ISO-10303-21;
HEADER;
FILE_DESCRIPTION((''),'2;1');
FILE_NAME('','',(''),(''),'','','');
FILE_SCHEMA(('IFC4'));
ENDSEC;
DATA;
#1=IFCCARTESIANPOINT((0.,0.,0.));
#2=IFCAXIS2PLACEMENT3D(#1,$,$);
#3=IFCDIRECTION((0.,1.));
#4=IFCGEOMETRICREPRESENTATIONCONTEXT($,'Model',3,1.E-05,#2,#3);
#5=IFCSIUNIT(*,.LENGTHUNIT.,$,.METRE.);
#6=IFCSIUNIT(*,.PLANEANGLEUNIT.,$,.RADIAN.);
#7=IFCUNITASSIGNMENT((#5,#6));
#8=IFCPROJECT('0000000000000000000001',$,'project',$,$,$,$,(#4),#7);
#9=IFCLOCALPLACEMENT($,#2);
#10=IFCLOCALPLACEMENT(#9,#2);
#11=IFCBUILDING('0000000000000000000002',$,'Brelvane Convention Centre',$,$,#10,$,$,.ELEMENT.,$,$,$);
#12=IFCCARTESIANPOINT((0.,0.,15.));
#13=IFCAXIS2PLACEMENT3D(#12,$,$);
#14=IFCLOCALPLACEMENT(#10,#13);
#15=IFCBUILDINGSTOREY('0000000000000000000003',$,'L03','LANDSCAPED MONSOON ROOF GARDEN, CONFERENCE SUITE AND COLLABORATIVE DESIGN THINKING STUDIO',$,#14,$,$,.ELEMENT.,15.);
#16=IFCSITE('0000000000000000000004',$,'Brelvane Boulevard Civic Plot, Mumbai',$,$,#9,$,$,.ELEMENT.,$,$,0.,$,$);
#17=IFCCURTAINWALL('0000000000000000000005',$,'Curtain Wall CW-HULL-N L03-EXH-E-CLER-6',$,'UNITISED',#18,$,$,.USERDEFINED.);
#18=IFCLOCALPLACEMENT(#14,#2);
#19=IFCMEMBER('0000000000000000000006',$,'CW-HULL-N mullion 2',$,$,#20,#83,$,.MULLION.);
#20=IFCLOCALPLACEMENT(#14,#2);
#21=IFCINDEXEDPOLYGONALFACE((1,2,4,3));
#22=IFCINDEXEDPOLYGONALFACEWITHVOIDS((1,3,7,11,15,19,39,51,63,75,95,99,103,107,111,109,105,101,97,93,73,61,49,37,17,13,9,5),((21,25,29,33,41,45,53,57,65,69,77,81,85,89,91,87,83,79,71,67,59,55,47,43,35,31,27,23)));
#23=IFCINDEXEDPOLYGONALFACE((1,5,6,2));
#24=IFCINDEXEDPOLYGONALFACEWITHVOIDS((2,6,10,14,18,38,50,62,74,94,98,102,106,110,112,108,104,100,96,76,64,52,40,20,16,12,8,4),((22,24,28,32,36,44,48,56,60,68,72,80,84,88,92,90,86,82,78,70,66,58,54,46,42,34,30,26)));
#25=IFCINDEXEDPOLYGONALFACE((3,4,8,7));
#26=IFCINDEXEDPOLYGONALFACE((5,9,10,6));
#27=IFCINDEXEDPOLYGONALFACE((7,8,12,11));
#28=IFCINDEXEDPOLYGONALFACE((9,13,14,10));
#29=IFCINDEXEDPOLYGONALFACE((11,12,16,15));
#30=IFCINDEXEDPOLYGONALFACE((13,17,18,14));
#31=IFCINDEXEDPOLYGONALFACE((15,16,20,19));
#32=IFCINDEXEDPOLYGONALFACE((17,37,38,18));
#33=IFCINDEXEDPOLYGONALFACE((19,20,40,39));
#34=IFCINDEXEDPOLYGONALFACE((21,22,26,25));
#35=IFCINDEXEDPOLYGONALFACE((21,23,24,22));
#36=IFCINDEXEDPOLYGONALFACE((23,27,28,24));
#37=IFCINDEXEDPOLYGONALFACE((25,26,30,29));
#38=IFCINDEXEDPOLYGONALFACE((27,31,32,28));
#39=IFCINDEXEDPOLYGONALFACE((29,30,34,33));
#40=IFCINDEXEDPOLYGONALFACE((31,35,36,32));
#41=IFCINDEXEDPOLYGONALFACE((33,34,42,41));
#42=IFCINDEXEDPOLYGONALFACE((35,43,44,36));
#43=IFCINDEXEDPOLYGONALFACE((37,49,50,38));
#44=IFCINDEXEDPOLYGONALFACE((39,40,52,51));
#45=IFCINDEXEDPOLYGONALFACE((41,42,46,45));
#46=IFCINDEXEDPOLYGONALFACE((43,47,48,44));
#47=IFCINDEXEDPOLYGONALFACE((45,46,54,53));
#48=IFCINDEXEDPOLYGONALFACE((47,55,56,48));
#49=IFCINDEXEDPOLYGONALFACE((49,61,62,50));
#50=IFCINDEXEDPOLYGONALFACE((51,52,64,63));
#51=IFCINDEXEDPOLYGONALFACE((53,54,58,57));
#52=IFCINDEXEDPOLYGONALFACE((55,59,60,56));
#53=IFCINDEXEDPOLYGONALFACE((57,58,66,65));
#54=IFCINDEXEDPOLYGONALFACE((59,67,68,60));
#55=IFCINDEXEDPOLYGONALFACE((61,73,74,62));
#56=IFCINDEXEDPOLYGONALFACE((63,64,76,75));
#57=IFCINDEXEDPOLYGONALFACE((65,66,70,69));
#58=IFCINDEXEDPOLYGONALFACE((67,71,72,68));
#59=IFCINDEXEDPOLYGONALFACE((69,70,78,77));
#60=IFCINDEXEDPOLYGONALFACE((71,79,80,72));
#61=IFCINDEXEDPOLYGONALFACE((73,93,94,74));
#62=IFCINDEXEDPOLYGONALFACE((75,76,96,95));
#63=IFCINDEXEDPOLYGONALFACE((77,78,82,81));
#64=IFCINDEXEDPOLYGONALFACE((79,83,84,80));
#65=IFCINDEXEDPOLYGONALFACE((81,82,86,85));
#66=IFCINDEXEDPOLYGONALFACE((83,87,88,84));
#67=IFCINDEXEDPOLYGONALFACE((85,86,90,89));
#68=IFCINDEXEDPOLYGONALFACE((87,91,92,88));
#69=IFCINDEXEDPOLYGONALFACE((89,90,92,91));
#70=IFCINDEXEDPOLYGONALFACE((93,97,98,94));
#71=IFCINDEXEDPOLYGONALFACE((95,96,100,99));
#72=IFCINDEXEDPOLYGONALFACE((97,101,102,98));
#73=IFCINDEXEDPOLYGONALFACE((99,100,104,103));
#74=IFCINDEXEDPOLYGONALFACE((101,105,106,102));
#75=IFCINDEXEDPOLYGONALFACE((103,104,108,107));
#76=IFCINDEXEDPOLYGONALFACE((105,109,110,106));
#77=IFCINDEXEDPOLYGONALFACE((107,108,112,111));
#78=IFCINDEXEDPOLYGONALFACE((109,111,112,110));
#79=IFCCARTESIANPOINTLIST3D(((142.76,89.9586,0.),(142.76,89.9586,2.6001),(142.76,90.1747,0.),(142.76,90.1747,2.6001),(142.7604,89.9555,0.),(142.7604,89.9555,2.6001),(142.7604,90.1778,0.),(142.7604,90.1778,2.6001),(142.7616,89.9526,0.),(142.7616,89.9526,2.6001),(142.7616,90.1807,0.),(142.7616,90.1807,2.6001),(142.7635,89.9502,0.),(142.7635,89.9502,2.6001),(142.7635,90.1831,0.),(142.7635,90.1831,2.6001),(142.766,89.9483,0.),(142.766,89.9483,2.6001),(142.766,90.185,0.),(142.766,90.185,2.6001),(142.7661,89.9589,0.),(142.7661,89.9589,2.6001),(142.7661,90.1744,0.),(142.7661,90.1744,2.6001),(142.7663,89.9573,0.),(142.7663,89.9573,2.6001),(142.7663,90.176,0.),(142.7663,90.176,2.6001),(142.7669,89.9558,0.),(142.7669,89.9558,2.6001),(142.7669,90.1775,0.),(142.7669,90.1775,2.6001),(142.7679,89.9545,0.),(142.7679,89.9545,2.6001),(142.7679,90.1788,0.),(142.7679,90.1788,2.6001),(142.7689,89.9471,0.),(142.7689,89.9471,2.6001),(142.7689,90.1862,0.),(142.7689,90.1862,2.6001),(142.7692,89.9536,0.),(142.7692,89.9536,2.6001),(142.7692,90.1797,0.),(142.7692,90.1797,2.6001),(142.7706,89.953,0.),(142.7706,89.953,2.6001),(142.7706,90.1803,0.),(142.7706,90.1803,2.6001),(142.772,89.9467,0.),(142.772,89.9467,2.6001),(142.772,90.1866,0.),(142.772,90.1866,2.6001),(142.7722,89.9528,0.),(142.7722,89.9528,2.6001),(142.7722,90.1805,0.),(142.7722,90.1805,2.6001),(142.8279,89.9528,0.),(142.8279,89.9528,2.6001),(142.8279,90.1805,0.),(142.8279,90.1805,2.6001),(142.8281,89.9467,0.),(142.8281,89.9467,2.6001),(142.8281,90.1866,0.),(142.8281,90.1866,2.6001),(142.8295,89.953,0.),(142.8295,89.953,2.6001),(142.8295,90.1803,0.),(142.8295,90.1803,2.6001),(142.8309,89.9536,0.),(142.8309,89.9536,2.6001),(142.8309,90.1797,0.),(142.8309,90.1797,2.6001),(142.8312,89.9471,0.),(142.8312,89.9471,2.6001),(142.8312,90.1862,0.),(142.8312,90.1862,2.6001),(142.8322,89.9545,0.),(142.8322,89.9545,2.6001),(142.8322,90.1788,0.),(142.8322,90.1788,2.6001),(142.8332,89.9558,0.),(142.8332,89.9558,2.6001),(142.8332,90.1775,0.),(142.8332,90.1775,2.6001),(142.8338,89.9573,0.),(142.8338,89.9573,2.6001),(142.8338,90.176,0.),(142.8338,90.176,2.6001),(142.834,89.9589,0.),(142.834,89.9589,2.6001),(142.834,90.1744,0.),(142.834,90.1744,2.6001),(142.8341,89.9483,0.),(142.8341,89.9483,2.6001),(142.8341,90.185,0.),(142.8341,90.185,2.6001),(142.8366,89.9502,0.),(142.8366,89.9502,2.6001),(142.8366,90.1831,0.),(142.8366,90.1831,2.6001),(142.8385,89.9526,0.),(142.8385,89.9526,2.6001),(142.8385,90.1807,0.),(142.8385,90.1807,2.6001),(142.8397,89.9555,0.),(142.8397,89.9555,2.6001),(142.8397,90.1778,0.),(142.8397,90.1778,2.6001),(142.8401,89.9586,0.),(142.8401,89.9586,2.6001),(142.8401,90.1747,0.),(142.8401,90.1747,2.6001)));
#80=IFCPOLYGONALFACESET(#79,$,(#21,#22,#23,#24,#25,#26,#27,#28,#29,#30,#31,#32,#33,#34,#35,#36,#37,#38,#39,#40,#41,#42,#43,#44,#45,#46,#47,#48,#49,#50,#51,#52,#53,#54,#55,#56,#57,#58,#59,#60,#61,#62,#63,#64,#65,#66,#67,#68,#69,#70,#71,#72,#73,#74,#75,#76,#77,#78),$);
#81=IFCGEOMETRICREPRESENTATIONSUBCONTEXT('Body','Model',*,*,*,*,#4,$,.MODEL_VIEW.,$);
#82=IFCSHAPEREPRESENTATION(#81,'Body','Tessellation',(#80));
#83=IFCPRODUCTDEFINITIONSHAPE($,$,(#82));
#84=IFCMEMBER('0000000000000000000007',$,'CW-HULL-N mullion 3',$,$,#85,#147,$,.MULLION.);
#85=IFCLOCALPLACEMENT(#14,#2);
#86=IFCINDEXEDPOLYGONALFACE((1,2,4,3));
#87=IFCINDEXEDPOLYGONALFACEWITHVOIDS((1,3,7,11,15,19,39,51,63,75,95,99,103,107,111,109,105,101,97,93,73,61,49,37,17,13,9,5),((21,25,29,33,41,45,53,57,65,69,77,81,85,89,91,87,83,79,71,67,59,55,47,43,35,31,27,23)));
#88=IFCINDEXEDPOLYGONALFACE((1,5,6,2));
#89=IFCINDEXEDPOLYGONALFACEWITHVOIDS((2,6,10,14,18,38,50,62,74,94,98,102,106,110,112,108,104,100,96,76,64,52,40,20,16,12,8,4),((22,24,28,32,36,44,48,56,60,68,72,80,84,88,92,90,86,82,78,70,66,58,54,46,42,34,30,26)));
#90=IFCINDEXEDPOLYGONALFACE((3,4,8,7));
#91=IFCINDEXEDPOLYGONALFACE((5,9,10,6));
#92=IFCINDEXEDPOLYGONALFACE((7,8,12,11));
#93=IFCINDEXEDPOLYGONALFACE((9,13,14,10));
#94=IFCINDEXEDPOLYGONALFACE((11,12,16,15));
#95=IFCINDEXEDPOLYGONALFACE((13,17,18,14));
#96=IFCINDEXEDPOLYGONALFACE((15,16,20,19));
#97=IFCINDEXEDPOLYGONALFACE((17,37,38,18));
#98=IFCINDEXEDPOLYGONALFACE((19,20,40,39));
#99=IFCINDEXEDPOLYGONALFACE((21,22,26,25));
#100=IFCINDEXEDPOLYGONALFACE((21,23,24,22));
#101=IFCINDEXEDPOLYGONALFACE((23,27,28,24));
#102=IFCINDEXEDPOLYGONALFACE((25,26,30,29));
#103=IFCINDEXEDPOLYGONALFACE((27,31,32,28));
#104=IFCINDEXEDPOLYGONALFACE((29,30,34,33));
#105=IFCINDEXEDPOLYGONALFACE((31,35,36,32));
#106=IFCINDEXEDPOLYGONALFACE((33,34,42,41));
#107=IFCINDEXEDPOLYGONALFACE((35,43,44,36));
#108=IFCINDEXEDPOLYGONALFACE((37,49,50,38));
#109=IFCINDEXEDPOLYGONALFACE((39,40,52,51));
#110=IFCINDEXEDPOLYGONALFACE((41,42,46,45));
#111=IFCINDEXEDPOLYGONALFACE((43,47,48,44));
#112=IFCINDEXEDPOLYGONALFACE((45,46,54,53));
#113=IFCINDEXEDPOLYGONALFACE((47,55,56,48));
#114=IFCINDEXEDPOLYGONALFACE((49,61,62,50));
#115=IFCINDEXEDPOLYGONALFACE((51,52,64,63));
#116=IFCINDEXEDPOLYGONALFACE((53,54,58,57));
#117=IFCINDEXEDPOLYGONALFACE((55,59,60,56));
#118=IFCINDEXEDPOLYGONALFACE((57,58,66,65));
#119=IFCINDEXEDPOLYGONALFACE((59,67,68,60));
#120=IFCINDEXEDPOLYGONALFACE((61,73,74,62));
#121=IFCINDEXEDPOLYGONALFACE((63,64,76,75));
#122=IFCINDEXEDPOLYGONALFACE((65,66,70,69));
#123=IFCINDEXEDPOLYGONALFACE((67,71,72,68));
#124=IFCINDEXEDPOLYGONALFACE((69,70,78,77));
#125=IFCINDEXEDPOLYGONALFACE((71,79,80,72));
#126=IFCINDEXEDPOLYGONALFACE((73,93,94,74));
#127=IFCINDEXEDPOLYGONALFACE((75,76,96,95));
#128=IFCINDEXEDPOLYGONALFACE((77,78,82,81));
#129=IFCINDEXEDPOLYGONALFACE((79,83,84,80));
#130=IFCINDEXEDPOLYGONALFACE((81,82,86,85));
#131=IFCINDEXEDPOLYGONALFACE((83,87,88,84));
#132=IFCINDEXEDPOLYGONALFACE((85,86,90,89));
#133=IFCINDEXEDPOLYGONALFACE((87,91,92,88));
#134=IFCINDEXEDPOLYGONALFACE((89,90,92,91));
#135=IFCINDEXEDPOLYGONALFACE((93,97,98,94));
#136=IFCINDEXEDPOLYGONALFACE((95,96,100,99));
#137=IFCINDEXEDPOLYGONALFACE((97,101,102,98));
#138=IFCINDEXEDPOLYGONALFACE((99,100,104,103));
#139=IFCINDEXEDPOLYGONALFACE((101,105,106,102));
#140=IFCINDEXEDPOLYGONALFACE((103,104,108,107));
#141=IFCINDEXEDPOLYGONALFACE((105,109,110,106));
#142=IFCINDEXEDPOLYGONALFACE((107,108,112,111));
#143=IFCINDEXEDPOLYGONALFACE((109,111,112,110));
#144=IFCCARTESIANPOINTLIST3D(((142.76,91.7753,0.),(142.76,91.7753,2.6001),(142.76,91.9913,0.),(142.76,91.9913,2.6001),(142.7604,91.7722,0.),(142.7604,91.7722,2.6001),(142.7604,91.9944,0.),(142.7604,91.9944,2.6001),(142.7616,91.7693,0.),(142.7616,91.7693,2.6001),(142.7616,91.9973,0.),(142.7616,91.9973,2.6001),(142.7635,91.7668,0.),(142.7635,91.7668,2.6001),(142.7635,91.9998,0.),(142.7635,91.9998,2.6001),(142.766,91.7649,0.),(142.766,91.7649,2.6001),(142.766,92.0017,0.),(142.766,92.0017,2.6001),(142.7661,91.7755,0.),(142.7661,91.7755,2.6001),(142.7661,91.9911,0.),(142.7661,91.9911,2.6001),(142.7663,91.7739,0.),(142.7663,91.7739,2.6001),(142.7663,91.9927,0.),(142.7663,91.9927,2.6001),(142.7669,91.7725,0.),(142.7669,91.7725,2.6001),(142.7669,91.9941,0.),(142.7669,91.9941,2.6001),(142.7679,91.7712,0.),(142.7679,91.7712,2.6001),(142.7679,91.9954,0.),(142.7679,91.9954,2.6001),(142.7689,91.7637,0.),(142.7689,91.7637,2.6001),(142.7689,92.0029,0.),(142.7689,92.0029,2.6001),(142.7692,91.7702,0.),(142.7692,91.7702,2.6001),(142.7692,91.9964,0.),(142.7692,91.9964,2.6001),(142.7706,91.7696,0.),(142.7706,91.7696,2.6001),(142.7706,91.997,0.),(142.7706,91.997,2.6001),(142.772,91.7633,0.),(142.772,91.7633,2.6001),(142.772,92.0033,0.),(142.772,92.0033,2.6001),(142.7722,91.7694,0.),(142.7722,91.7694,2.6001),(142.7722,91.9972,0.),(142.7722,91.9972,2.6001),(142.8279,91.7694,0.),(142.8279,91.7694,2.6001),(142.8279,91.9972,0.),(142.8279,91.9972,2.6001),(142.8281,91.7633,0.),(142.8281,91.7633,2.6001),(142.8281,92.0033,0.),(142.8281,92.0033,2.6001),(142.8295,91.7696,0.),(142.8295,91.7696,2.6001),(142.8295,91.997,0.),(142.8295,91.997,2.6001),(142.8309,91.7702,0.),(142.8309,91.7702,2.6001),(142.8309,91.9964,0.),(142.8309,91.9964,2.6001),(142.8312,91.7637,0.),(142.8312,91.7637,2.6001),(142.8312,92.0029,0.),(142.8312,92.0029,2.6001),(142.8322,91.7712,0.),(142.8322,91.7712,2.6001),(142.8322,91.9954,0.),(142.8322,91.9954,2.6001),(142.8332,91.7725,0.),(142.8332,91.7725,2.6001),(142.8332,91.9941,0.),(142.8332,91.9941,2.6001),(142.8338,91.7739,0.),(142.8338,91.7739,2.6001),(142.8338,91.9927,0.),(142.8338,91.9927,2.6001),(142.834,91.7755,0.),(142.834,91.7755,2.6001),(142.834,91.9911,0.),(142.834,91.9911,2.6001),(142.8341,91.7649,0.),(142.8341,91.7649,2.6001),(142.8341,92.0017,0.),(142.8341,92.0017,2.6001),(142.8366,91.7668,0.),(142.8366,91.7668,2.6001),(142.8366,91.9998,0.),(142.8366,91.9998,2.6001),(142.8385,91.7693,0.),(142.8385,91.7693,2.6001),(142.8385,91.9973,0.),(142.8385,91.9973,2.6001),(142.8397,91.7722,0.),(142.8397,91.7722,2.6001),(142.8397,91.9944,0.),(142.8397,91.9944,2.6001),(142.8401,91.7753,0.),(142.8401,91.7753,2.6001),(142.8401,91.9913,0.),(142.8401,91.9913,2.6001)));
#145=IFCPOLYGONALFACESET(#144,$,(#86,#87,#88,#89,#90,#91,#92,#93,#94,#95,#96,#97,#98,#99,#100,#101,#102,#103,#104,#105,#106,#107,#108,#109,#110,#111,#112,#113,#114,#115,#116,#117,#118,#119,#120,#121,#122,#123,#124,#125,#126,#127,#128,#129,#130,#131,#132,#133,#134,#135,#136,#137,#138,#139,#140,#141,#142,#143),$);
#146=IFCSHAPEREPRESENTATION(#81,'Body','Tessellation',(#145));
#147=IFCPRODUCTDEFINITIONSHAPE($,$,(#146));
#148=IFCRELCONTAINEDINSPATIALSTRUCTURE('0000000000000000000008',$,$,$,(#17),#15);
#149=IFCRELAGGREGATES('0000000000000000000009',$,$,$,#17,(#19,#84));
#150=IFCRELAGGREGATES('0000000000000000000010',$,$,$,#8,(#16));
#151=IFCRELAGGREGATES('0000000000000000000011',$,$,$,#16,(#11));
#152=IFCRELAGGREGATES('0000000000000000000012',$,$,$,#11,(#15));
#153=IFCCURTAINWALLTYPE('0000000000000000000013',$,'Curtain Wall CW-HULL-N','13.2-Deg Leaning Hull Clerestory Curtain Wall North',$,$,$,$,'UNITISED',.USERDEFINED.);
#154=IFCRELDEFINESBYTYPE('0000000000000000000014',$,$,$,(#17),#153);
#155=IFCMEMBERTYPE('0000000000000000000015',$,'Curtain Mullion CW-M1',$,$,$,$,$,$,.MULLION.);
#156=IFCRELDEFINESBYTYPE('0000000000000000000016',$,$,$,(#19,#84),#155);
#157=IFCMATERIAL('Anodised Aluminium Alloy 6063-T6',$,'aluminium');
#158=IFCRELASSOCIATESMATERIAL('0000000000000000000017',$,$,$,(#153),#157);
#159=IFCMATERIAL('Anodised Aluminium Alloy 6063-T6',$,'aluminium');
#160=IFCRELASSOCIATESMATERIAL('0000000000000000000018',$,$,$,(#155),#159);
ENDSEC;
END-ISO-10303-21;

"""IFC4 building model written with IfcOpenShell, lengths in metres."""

from ifc_helpers import new_model, si_unit, direction, frame, origin, origin_2d, place, context, subcontext, project, spatial, hollow_rectangle, extrude, material, material_profile, profile_set, type_object, element, aggregate, save


model = new_model("IFC4")

# Units and contexts
model_context = context("Model", 3, precision=1e-05, world=origin(), true_north=direction((0.0, 1.0)))
body_context = subcontext(model_context, "Body", "Model", "MODEL_VIEW")
ifc_project = project(units=[si_unit("LENGTHUNIT", "METRE"), si_unit("PLANEANGLEUNIT", "RADIAN")], contexts=[model_context])

# Site, building, storey
site_placement = place(None, origin())
site = spatial("IfcSite", under=ifc_project, at=site_placement, Name="Brelvane Boulevard Civic Plot, Mumbai", CompositionType="ELEMENT", RefElevation=0.0)
building_placement = place(site_placement, origin())
building = spatial("IfcBuilding", under=site, at=building_placement, Name="Brelvane Convention Centre", CompositionType="ELEMENT")
storey_placement = place(building_placement, frame((0.0, 0.0, 15.0)))
storey = spatial("IfcBuildingStorey", under=building, at=storey_placement, Name="L03", Description="LANDSCAPED MONSOON ROOF GARDEN, CONFERENCE SUITE AND COLLABORATIVE DESIGN THINKING STUDIO", CompositionType="ELEMENT", Elevation=15.0)

# Curtain wall, members
ifc_material_1 = material(Name="Anodised Aluminium Alloy 6063-T6", Category="aluminium")
curtain_wall_type = type_object("IfcCurtainWallType", Name="Curtain Wall CW-HULL-N", Description="13.2-Deg Leaning Hull Clerestory Curtain Wall North", ElementType="UNITISED", PredefinedType="USERDEFINED", material=ifc_material_1)
curtain_wall_placement = place(storey_placement, origin())
curtain_wall = element("IfcCurtainWall", 1, at=curtain_wall_placement, inside=storey, type_object=curtain_wall_type, Name="Curtain Wall CW-HULL-N L03-EXH-E-CLER-6", ObjectType="UNITISED", PredefinedType="USERDEFINED")
ifc_material_2 = material(Name="Anodised Aluminium Alloy 6063-T6", Category="aluminium")
ifc_material_profile_1 = material_profile(ifc_material_2, hollow_rectangle(XDim=0.0801, YDim=0.24, WallThickness=0.0061, InnerFilletRadius=0.0061, OuterFilletRadius=0.012, at=origin_2d()), Name="ALU-M 240x80x6.0")
ifc_profile_set_1 = profile_set([ifc_material_profile_1], Name="Anodised Aluminium Alloy 6063-T6")
member_type_1 = type_object("IfcMemberType", Name="Curtain Mullion CW-M1", PredefinedType="MULLION", material=ifc_profile_set_1)
member_1_placement = place(storey_placement, frame((142.8, 90.0667, 0.0), z_axis=(0.0, 0.0, 1.0), x_axis=(-1.0, 0.0, 0.0)))
member_1 = element("IfcMember", 2, at=member_1_placement, type_object=member_type_1, Name="CW-HULL-N mullion 2", PredefinedType="MULLION", context=body_context, shape_type="SweptSolid", body=[
    extrude(hollow_rectangle(XDim=0.0801, YDim=0.24, WallThickness=0.0061, InnerFilletRadius=0.0061, OuterFilletRadius=0.012, at=origin_2d()), origin(), (0.0, 0.0, 1.0), 2.6001),
])
member_2_placement = place(storey_placement, frame((142.8, 91.8833, 0.0), z_axis=(0.0, 0.0, 1.0), x_axis=(-1.0, 0.0, 0.0)))
member_2 = element("IfcMember", 3, at=member_2_placement, type_object=member_type_1, Name="CW-HULL-N mullion 3", PredefinedType="MULLION", context=body_context, shape_type="SweptSolid", body=[
    extrude(hollow_rectangle(XDim=0.0801, YDim=0.24, WallThickness=0.0061, InnerFilletRadius=0.0061, OuterFilletRadius=0.012, at=origin_2d()), origin(), (0.0, 0.0, 1.0), 2.6001),
])
aggregate(curtain_wall, [member_1, member_2])

save(model, "model.ifc")
